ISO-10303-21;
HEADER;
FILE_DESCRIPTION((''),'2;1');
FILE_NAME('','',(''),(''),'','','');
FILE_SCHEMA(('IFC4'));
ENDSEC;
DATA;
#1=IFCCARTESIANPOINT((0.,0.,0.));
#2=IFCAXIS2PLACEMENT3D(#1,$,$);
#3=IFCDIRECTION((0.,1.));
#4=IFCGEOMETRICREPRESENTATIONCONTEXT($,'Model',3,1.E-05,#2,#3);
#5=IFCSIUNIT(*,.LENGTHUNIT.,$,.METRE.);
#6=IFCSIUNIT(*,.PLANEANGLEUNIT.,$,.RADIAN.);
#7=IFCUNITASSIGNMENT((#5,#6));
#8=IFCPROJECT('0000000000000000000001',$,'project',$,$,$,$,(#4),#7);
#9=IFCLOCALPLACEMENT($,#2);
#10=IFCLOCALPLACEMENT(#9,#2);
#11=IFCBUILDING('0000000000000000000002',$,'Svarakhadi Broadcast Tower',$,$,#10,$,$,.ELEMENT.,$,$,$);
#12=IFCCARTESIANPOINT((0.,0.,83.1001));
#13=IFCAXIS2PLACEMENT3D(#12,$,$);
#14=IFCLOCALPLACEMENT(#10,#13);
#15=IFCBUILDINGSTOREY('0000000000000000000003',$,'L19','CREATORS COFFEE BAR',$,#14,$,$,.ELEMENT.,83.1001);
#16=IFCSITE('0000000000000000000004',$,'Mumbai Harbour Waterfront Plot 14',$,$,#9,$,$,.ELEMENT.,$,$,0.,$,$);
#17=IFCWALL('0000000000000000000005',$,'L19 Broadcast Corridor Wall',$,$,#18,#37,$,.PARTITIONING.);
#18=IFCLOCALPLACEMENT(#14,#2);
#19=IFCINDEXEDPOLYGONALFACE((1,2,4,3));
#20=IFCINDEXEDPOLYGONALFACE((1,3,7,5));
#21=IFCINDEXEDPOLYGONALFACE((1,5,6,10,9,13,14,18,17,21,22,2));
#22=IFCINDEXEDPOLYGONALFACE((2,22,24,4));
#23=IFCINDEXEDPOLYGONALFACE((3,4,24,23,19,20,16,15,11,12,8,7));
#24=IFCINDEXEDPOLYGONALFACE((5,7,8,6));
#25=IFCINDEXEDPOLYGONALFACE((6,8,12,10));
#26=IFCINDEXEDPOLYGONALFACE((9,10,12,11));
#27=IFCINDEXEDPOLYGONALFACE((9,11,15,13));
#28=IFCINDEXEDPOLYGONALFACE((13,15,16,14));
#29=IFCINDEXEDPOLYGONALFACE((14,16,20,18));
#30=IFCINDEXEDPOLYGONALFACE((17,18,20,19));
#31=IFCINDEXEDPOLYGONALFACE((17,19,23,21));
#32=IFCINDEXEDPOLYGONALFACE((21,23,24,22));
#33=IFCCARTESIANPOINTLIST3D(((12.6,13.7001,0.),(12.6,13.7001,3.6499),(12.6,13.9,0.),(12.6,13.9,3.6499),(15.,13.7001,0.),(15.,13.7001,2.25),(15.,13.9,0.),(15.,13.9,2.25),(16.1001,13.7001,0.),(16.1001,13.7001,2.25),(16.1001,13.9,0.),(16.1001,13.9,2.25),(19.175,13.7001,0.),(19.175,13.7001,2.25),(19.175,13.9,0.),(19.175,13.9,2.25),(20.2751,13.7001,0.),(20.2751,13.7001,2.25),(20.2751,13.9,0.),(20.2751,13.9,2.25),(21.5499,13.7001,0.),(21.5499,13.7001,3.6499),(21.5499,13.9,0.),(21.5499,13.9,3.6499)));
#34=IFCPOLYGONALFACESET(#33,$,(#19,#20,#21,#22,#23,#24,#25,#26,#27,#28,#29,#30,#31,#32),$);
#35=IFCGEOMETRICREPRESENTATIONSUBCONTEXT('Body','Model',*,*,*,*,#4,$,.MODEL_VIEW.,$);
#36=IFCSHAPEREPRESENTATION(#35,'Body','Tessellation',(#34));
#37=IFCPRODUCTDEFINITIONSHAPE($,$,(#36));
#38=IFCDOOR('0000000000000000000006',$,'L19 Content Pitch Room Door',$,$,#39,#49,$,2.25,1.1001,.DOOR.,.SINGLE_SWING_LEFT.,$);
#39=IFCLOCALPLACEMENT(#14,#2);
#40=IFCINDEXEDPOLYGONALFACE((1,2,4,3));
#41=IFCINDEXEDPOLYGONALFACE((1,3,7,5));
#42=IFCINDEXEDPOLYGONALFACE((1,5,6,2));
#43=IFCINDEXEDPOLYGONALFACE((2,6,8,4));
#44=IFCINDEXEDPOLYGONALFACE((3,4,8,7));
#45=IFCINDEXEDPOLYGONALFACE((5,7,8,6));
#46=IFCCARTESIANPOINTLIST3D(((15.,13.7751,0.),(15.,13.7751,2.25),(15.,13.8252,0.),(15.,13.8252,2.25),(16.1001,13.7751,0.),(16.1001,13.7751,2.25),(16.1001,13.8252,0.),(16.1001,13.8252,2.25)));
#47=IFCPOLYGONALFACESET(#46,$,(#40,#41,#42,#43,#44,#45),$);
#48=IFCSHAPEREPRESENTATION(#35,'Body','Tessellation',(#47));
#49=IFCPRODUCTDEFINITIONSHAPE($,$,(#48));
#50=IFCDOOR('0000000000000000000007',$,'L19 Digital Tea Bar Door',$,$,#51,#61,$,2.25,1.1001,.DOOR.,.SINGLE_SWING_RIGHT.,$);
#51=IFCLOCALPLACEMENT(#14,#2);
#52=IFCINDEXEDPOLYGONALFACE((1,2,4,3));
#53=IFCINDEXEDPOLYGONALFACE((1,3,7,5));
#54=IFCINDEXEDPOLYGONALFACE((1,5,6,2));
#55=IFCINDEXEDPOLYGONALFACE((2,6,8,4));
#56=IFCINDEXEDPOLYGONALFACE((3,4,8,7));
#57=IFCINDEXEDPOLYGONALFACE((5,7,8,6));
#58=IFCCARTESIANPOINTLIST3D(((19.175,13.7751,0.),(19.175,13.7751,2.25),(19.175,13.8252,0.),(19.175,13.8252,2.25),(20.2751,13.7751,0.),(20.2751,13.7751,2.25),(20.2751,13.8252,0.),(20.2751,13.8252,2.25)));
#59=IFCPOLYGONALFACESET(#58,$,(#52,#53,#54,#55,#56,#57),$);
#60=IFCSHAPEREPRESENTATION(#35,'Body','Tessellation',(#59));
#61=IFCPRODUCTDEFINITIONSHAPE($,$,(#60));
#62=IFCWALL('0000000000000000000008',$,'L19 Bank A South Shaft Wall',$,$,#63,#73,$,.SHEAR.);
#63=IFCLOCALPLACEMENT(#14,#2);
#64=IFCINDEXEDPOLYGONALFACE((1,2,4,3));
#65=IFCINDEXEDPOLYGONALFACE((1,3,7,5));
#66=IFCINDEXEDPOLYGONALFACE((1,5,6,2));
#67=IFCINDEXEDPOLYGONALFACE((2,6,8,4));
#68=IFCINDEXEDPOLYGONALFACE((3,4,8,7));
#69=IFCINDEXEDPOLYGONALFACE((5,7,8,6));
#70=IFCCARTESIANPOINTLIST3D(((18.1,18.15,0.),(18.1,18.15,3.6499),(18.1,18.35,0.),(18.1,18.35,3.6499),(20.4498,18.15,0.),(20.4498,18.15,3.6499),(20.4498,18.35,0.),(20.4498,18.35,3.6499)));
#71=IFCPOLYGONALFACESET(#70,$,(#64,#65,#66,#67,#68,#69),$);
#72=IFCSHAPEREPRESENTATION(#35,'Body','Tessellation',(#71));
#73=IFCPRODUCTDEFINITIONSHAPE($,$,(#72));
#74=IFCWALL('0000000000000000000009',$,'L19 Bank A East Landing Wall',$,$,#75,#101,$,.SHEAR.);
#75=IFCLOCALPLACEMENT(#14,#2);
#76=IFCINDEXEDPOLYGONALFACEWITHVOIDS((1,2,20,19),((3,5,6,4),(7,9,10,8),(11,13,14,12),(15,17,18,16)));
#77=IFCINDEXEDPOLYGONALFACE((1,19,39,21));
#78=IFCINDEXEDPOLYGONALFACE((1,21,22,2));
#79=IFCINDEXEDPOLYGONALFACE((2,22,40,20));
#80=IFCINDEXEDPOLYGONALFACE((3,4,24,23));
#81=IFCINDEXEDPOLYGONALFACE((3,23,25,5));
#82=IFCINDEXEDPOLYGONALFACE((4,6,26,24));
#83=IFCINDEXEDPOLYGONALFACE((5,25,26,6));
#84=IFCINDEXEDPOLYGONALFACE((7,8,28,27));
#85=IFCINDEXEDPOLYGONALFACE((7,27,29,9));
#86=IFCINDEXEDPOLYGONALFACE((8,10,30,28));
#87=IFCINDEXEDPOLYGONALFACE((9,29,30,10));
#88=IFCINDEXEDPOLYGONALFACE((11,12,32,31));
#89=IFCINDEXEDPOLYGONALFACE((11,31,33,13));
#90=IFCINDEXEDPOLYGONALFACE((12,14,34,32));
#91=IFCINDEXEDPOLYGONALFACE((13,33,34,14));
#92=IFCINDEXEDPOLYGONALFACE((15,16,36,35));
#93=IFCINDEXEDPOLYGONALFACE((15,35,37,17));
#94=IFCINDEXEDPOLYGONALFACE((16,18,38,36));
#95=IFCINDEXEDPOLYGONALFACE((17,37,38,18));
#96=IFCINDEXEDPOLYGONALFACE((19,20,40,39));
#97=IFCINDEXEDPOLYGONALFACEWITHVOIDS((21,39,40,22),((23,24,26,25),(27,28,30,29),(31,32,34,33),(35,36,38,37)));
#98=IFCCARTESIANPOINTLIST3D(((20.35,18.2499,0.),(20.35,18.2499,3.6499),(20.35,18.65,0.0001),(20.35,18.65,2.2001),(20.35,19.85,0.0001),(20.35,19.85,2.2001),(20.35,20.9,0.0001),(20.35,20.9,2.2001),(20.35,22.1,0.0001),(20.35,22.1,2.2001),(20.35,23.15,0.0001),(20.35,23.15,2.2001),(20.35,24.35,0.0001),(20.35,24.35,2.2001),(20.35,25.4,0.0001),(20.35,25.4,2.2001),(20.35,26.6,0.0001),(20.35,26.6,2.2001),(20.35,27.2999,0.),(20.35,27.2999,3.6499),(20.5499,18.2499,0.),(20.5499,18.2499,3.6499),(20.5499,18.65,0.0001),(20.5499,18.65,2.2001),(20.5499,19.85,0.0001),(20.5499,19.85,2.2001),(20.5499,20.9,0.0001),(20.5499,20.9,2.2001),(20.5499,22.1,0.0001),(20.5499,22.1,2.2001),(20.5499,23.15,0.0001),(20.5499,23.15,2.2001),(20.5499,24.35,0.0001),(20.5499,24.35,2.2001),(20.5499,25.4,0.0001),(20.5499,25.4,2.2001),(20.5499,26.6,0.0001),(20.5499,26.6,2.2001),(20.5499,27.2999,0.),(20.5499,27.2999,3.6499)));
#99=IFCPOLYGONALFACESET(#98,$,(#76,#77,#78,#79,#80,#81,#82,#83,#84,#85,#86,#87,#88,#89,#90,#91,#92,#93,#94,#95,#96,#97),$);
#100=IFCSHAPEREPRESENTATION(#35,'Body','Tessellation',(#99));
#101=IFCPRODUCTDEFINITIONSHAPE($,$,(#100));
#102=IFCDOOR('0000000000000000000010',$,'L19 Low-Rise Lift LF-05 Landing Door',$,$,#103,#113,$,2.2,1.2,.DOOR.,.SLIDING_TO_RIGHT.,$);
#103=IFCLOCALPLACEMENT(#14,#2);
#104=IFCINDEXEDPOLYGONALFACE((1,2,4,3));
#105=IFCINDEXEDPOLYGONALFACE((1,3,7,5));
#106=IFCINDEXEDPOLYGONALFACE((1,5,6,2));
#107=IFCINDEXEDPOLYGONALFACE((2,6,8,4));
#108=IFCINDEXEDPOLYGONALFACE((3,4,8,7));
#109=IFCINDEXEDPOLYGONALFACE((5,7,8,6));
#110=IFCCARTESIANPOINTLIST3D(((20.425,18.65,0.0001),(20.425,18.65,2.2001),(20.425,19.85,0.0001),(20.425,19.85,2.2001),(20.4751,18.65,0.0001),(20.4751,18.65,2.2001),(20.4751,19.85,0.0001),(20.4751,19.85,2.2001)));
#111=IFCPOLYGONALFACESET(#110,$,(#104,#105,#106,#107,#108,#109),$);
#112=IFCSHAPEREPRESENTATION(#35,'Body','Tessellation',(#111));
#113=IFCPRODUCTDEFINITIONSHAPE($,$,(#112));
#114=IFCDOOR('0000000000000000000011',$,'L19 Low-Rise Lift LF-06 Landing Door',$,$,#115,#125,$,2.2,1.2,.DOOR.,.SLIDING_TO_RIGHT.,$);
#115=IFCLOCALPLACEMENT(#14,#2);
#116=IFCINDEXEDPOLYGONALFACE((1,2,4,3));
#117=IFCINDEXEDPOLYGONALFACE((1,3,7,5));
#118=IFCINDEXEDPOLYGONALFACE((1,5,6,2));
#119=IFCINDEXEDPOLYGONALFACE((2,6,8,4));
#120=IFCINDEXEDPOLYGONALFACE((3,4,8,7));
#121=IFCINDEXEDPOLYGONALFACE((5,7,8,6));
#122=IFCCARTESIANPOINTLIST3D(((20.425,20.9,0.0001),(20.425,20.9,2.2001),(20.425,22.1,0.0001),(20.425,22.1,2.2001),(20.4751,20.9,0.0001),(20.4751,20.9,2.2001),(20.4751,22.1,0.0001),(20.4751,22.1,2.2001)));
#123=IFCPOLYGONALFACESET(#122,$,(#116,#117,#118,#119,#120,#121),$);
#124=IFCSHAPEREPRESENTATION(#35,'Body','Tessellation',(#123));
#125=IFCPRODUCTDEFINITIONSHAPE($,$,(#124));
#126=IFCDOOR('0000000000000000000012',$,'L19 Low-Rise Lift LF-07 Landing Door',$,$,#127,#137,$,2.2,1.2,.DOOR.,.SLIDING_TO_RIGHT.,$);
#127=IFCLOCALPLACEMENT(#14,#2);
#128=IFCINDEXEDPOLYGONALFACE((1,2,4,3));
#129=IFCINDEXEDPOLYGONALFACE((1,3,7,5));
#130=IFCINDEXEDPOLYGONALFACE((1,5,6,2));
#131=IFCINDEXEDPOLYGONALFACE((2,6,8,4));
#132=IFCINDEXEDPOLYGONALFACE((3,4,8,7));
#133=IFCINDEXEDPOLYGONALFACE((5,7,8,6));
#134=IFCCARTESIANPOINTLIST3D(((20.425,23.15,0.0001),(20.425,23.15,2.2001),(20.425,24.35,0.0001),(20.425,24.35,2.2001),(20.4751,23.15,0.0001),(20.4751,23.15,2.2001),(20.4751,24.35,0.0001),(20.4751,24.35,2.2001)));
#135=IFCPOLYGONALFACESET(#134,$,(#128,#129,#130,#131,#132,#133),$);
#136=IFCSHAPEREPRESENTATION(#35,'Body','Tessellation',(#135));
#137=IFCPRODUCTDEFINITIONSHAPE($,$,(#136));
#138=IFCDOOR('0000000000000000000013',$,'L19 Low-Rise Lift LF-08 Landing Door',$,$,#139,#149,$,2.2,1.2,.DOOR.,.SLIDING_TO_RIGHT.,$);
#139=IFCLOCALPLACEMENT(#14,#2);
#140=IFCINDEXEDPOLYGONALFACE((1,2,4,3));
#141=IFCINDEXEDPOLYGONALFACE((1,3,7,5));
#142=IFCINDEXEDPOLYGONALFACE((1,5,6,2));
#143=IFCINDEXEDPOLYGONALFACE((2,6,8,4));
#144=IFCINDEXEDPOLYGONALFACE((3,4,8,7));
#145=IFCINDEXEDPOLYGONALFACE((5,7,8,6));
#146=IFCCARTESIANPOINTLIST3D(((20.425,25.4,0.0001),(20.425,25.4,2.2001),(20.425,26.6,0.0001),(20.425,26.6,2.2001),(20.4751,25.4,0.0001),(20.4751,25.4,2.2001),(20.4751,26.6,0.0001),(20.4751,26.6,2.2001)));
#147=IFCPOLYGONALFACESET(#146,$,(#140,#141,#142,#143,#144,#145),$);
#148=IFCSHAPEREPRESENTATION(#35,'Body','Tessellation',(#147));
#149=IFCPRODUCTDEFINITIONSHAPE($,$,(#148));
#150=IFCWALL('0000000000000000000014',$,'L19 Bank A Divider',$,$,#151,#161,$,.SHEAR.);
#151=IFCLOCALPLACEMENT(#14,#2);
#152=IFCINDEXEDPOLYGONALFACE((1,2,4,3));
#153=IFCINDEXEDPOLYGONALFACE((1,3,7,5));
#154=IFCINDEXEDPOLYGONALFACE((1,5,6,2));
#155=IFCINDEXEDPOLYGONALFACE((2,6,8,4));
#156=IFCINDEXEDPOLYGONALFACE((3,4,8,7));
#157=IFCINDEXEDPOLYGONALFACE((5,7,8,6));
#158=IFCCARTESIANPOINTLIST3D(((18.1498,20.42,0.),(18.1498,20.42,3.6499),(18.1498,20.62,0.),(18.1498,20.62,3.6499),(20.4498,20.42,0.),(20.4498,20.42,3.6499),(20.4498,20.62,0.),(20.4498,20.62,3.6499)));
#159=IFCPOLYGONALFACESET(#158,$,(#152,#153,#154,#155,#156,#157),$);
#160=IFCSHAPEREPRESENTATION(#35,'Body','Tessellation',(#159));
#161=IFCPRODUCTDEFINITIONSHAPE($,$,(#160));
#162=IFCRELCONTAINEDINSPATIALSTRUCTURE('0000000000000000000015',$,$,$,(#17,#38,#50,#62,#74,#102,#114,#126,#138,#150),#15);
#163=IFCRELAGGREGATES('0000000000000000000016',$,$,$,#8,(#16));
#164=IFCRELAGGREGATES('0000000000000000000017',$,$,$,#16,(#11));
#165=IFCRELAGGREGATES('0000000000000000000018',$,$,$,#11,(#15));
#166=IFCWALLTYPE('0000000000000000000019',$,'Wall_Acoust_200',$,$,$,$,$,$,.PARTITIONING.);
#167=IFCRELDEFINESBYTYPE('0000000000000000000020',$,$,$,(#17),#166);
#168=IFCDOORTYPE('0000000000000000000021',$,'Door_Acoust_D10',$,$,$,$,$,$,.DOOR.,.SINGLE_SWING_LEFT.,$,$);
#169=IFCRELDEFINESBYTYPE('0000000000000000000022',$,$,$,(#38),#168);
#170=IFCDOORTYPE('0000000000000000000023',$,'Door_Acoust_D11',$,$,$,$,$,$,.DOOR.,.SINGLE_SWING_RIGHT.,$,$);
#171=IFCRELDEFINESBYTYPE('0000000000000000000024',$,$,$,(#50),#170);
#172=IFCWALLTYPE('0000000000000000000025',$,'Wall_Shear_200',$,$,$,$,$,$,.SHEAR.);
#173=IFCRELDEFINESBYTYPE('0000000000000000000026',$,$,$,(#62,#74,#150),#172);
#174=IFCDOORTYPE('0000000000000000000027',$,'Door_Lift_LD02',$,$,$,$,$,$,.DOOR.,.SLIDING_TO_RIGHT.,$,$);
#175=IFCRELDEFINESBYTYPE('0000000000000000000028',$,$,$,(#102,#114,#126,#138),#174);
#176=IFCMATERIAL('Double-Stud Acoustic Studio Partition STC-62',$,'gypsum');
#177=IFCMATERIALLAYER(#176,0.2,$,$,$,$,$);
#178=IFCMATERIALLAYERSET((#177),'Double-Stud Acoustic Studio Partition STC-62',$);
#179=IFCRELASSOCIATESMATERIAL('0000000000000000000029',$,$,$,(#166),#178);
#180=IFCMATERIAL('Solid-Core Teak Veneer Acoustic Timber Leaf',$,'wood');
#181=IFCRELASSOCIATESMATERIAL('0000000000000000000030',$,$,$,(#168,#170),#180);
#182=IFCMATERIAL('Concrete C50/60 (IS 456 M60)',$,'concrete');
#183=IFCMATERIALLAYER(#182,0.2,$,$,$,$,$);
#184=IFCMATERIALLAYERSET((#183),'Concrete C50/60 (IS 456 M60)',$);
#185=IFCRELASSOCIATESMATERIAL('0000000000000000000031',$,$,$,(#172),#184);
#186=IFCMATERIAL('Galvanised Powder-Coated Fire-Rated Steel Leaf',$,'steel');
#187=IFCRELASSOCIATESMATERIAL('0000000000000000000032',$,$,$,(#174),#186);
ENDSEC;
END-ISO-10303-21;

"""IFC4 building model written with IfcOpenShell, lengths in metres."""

from ifc_helpers import new_model, si_unit, direction, frame, frame_2d, origin, place, context, subcontext, project, spatial, rectangle, extrude, material, layer, layer_set, type_object, element, fill, save


model = new_model("IFC4")

# Units and contexts
model_context = context("Model", 3, precision=1e-05, world=origin(), true_north=direction((0.0, 1.0)))
body_context = subcontext(model_context, "Body", "Model", "MODEL_VIEW")
ifc_project = project(units=[si_unit("LENGTHUNIT", "METRE"), si_unit("PLANEANGLEUNIT", "RADIAN")], contexts=[model_context])

# Site, building, storey
site_placement = place(None, origin())
site = spatial("IfcSite", under=ifc_project, at=site_placement, Name="Mumbai Harbour Waterfront Plot 14", CompositionType="ELEMENT", RefElevation=0.0)
building_placement = place(site_placement, origin())
building = spatial("IfcBuilding", under=site, at=building_placement, Name="Svarakhadi Broadcast Tower", CompositionType="ELEMENT")
storey_placement = place(building_placement, frame((0.0, 0.0, 83.1001)))
storey = spatial("IfcBuildingStorey", under=building, at=storey_placement, Name="L19", Description="CREATORS COFFEE BAR", CompositionType="ELEMENT", Elevation=83.1001)

# Wall, openings, doors
ifc_material_1 = material(Name="Double-Stud Acoustic Studio Partition STC-62", Category="gypsum")
ifc_layer_1 = layer(ifc_material_1, 0.2)
ifc_layer_set_1 = layer_set([ifc_layer_1], Name="Double-Stud Acoustic Studio Partition STC-62")
wall_type_1 = type_object("IfcWallType", Name="Wall_Acoust_200", PredefinedType="PARTITIONING", material=ifc_layer_set_1)
wall_1_placement = place(storey_placement, frame((21.55, 13.8, 0.0), z_axis=(0.0, 0.0, 1.0), x_axis=(-1.0, 0.0, 0.0)))
wall_1 = element("IfcWall", 1, at=wall_1_placement, inside=storey, type_object=wall_type_1, Name="L19 Broadcast Corridor Wall", PredefinedType="PARTITIONING", context=body_context, shape_type="SweptSolid", body=[
    extrude(rectangle(XDim=8.95, YDim=0.2, at=frame_2d((4.4751, 0.0))), origin(), (0.0, 0.0, 1.0), 3.6499),
])
opening_1_placement = place(wall_1_placement, frame((5.45, 0.0, 0.0)))
opening_1 = element("IfcOpeningElement", 2, at=opening_1_placement, cuts=wall_1, PredefinedType="OPENING", context=body_context, shape_type="SweptSolid", body=[
    extrude(rectangle(XDim=1.1001, YDim=2.25, at=frame_2d((0.55, 1.125))), frame((0.0, 0.1099, 0.0), z_axis=(0.0, -1.0, 0.0), x_axis=(1.0, 0.0, 0.0)), (0.0, 0.0, 1.0), 0.22),
])
opening_2_placement = place(wall_1_placement, frame((1.2749, 0.0, 0.0)))
opening_2 = element("IfcOpeningElement", 3, at=opening_2_placement, cuts=wall_1, PredefinedType="OPENING", context=body_context, shape_type="SweptSolid", body=[
    extrude(rectangle(XDim=1.1001, YDim=2.25, at=frame_2d((0.55, 1.125))), frame((0.0, 0.1099, 0.0), z_axis=(0.0, -1.0, 0.0), x_axis=(1.0, 0.0, 0.0)), (0.0, 0.0, 1.0), 0.22),
])
ifc_material_2 = material(Name="Solid-Core Teak Veneer Acoustic Timber Leaf", Category="wood")
door_type_1 = type_object("IfcDoorType", Name="Door_Acoust_D10", OperationType="SINGLE_SWING_LEFT", PredefinedType="DOOR", material=ifc_material_2)
door_1_placement = place(opening_1_placement, origin())
door_1 = element("IfcDoor", 4, at=door_1_placement, inside=storey, type_object=door_type_1, Name="L19 Content Pitch Room Door", OperationType="SINGLE_SWING_LEFT", OverallHeight=2.25, OverallWidth=1.1001, PredefinedType="DOOR", context=body_context, shape_type="SweptSolid", body=[
    extrude(rectangle(XDim=1.1001, YDim=2.25, at=frame_2d((0.55, 1.125))), frame((0.0, 0.0249, 0.0), z_axis=(0.0, -1.0, 0.0), x_axis=(1.0, 0.0, 0.0)), (0.0, 0.0, 1.0), 0.05),
])
fill(opening_1, door_1)
door_type_2 = type_object("IfcDoorType", Name="Door_Acoust_D11", OperationType="SINGLE_SWING_RIGHT", PredefinedType="DOOR", material=ifc_material_2)
door_2_placement = place(opening_2_placement, origin())
door_2 = element("IfcDoor", 5, at=door_2_placement, inside=storey, type_object=door_type_2, Name="L19 Digital Tea Bar Door", OperationType="SINGLE_SWING_RIGHT", OverallHeight=2.25, OverallWidth=1.1001, PredefinedType="DOOR", context=body_context, shape_type="SweptSolid", body=[
    extrude(rectangle(XDim=1.1001, YDim=2.25, at=frame_2d((0.55, 1.125))), frame((0.0, 0.0249, 0.0), z_axis=(0.0, -1.0, 0.0), x_axis=(1.0, 0.0, 0.0)), (0.0, 0.0, 1.0), 0.05),
])
fill(opening_2, door_2)

# Wall
ifc_material_3 = material(Name="Concrete C50/60 (IS 456 M60)", Category="concrete")
ifc_layer_2 = layer(ifc_material_3, 0.2)
ifc_layer_set_2 = layer_set([ifc_layer_2], Name="Concrete C50/60 (IS 456 M60)")
wall_type_2 = type_object("IfcWallType", Name="Wall_Shear_200", PredefinedType="SHEAR", material=ifc_layer_set_2)
wall_2_placement = place(storey_placement, frame((18.1001, 18.25, 0.0), z_axis=(0.0, 0.0, 1.0), x_axis=(1.0, 0.0, 0.0)))
element("IfcWall", 6, at=wall_2_placement, inside=storey, type_object=wall_type_2, Name="L19 Bank A South Shaft Wall", PredefinedType="SHEAR", context=body_context, shape_type="SweptSolid", body=[
    extrude(rectangle(XDim=2.3499, YDim=0.2, at=frame_2d((1.1748, 0.0))), origin(), (0.0, 0.0, 1.0), 3.6499),
])

# Wall, openings, doors
wall_3_placement = place(storey_placement, frame((20.45, 18.25, 0.0), z_axis=(0.0, 0.0, 1.0), x_axis=(0.0, 1.0, 0.0)))
wall_3 = element("IfcWall", 7, at=wall_3_placement, inside=storey, type_object=wall_type_2, Name="L19 Bank A East Landing Wall", PredefinedType="SHEAR", context=body_context, shape_type="SweptSolid", body=[
    extrude(rectangle(XDim=9.05, YDim=0.2, at=frame_2d((4.5249, 0.0))), origin(), (0.0, 0.0, 1.0), 3.6499),
])
opening_3_placement = place(wall_3_placement, frame((0.3999, 0.0, 0.0)))
opening_3 = element("IfcOpeningElement", 8, at=opening_3_placement, cuts=wall_3, PredefinedType="OPENING", context=body_context, shape_type="SweptSolid", body=[
    extrude(rectangle(XDim=1.2, YDim=2.2, at=frame_2d((0.6001, 1.1001))), frame((0.0, 0.1099, 0.0), z_axis=(0.0, -1.0, 0.0), x_axis=(1.0, 0.0, 0.0)), (0.0, 0.0, 1.0), 0.22),
])
opening_4_placement = place(wall_3_placement, frame((2.6499, 0.0, 0.0)))
opening_4 = element("IfcOpeningElement", 9, at=opening_4_placement, cuts=wall_3, PredefinedType="OPENING", context=body_context, shape_type="SweptSolid", body=[
    extrude(rectangle(XDim=1.2, YDim=2.2, at=frame_2d((0.6001, 1.1001))), frame((0.0, 0.1099, 0.0), z_axis=(0.0, -1.0, 0.0), x_axis=(1.0, 0.0, 0.0)), (0.0, 0.0, 1.0), 0.22),
])
opening_5_placement = place(wall_3_placement, frame((4.8999, 0.0, 0.0)))
opening_5 = element("IfcOpeningElement", 10, at=opening_5_placement, cuts=wall_3, PredefinedType="OPENING", context=body_context, shape_type="SweptSolid", body=[
    extrude(rectangle(XDim=1.2, YDim=2.2, at=frame_2d((0.6001, 1.1001))), frame((0.0, 0.1099, 0.0), z_axis=(0.0, -1.0, 0.0), x_axis=(1.0, 0.0, 0.0)), (0.0, 0.0, 1.0), 0.22),
])
opening_6_placement = place(wall_3_placement, frame((7.1499, 0.0, 0.0)))
opening_6 = element("IfcOpeningElement", 11, at=opening_6_placement, cuts=wall_3, PredefinedType="OPENING", context=body_context, shape_type="SweptSolid", body=[
    extrude(rectangle(XDim=1.2, YDim=2.2, at=frame_2d((0.6001, 1.1001))), frame((0.0, 0.1099, 0.0), z_axis=(0.0, -1.0, 0.0), x_axis=(1.0, 0.0, 0.0)), (0.0, 0.0, 1.0), 0.22),
])
ifc_material_4 = material(Name="Galvanised Powder-Coated Fire-Rated Steel Leaf", Category="steel")
door_type_3 = type_object("IfcDoorType", Name="Door_Lift_LD02", OperationType="SLIDING_TO_RIGHT", PredefinedType="DOOR", material=ifc_material_4)
door_3_placement = place(opening_3_placement, origin())
door_3 = element("IfcDoor", 12, at=door_3_placement, inside=storey, type_object=door_type_3, Name="L19 Low-Rise Lift LF-05 Landing Door", OperationType="SLIDING_TO_RIGHT", OverallHeight=2.2, OverallWidth=1.2, PredefinedType="DOOR", context=body_context, shape_type="SweptSolid", body=[
    extrude(rectangle(XDim=1.2, YDim=2.2, at=frame_2d((0.6001, 1.1001))), frame((0.0, 0.0249, 0.0), z_axis=(0.0, -1.0, 0.0), x_axis=(1.0, 0.0, 0.0)), (0.0, 0.0, 1.0), 0.05),
])
fill(opening_3, door_3)
door_4_placement = place(opening_4_placement, origin())
door_4 = element("IfcDoor", 13, at=door_4_placement, inside=storey, type_object=door_type_3, Name="L19 Low-Rise Lift LF-06 Landing Door", OperationType="SLIDING_TO_RIGHT", OverallHeight=2.2, OverallWidth=1.2, PredefinedType="DOOR", context=body_context, shape_type="SweptSolid", body=[
    extrude(rectangle(XDim=1.2, YDim=2.2, at=frame_2d((0.6001, 1.1001))), frame((0.0, 0.0249, 0.0), z_axis=(0.0, -1.0, 0.0), x_axis=(1.0, 0.0, 0.0)), (0.0, 0.0, 1.0), 0.05),
])
fill(opening_4, door_4)
door_5_placement = place(opening_5_placement, origin())
door_5 = element("IfcDoor", 14, at=door_5_placement, inside=storey, type_object=door_type_3, Name="L19 Low-Rise Lift LF-07 Landing Door", OperationType="SLIDING_TO_RIGHT", OverallHeight=2.2, OverallWidth=1.2, PredefinedType="DOOR", context=body_context, shape_type="SweptSolid", body=[
    extrude(rectangle(XDim=1.2, YDim=2.2, at=frame_2d((0.6001, 1.1001))), frame((0.0, 0.0249, 0.0), z_axis=(0.0, -1.0, 0.0), x_axis=(1.0, 0.0, 0.0)), (0.0, 0.0, 1.0), 0.05),
])
fill(opening_5, door_5)
door_6_placement = place(opening_6_placement, origin())
door_6 = element("IfcDoor", 15, at=door_6_placement, inside=storey, type_object=door_type_3, Name="L19 Low-Rise Lift LF-08 Landing Door", OperationType="SLIDING_TO_RIGHT", OverallHeight=2.2, OverallWidth=1.2, PredefinedType="DOOR", context=body_context, shape_type="SweptSolid", body=[
    extrude(rectangle(XDim=1.2, YDim=2.2, at=frame_2d((0.6001, 1.1001))), frame((0.0, 0.0249, 0.0), z_axis=(0.0, -1.0, 0.0), x_axis=(1.0, 0.0, 0.0)), (0.0, 0.0, 1.0), 0.05),
])
fill(opening_6, door_6)

# Wall
for number, where, z_axis, x_axis, name in (
    (16, (18.1499, 20.52, 0.0), (0.0, 0.0, 1.0), (1.0, 0.0, 0.0), "L19 Bank A Divider"),
):
    element("IfcWall", number, at=place(storey_placement, frame(where, z_axis=z_axis, x_axis=x_axis)), inside=storey, type_object=wall_type_2, Name=name, PredefinedType="SHEAR", context=body_context, shape_type="SweptSolid", body=[
        extrude(rectangle(XDim=2.3, YDim=0.2, at=frame_2d((1.1499, 0.0))), origin(), (0.0, 0.0, 1.0), 3.6499),
    ])

save(model, "model.ifc")
